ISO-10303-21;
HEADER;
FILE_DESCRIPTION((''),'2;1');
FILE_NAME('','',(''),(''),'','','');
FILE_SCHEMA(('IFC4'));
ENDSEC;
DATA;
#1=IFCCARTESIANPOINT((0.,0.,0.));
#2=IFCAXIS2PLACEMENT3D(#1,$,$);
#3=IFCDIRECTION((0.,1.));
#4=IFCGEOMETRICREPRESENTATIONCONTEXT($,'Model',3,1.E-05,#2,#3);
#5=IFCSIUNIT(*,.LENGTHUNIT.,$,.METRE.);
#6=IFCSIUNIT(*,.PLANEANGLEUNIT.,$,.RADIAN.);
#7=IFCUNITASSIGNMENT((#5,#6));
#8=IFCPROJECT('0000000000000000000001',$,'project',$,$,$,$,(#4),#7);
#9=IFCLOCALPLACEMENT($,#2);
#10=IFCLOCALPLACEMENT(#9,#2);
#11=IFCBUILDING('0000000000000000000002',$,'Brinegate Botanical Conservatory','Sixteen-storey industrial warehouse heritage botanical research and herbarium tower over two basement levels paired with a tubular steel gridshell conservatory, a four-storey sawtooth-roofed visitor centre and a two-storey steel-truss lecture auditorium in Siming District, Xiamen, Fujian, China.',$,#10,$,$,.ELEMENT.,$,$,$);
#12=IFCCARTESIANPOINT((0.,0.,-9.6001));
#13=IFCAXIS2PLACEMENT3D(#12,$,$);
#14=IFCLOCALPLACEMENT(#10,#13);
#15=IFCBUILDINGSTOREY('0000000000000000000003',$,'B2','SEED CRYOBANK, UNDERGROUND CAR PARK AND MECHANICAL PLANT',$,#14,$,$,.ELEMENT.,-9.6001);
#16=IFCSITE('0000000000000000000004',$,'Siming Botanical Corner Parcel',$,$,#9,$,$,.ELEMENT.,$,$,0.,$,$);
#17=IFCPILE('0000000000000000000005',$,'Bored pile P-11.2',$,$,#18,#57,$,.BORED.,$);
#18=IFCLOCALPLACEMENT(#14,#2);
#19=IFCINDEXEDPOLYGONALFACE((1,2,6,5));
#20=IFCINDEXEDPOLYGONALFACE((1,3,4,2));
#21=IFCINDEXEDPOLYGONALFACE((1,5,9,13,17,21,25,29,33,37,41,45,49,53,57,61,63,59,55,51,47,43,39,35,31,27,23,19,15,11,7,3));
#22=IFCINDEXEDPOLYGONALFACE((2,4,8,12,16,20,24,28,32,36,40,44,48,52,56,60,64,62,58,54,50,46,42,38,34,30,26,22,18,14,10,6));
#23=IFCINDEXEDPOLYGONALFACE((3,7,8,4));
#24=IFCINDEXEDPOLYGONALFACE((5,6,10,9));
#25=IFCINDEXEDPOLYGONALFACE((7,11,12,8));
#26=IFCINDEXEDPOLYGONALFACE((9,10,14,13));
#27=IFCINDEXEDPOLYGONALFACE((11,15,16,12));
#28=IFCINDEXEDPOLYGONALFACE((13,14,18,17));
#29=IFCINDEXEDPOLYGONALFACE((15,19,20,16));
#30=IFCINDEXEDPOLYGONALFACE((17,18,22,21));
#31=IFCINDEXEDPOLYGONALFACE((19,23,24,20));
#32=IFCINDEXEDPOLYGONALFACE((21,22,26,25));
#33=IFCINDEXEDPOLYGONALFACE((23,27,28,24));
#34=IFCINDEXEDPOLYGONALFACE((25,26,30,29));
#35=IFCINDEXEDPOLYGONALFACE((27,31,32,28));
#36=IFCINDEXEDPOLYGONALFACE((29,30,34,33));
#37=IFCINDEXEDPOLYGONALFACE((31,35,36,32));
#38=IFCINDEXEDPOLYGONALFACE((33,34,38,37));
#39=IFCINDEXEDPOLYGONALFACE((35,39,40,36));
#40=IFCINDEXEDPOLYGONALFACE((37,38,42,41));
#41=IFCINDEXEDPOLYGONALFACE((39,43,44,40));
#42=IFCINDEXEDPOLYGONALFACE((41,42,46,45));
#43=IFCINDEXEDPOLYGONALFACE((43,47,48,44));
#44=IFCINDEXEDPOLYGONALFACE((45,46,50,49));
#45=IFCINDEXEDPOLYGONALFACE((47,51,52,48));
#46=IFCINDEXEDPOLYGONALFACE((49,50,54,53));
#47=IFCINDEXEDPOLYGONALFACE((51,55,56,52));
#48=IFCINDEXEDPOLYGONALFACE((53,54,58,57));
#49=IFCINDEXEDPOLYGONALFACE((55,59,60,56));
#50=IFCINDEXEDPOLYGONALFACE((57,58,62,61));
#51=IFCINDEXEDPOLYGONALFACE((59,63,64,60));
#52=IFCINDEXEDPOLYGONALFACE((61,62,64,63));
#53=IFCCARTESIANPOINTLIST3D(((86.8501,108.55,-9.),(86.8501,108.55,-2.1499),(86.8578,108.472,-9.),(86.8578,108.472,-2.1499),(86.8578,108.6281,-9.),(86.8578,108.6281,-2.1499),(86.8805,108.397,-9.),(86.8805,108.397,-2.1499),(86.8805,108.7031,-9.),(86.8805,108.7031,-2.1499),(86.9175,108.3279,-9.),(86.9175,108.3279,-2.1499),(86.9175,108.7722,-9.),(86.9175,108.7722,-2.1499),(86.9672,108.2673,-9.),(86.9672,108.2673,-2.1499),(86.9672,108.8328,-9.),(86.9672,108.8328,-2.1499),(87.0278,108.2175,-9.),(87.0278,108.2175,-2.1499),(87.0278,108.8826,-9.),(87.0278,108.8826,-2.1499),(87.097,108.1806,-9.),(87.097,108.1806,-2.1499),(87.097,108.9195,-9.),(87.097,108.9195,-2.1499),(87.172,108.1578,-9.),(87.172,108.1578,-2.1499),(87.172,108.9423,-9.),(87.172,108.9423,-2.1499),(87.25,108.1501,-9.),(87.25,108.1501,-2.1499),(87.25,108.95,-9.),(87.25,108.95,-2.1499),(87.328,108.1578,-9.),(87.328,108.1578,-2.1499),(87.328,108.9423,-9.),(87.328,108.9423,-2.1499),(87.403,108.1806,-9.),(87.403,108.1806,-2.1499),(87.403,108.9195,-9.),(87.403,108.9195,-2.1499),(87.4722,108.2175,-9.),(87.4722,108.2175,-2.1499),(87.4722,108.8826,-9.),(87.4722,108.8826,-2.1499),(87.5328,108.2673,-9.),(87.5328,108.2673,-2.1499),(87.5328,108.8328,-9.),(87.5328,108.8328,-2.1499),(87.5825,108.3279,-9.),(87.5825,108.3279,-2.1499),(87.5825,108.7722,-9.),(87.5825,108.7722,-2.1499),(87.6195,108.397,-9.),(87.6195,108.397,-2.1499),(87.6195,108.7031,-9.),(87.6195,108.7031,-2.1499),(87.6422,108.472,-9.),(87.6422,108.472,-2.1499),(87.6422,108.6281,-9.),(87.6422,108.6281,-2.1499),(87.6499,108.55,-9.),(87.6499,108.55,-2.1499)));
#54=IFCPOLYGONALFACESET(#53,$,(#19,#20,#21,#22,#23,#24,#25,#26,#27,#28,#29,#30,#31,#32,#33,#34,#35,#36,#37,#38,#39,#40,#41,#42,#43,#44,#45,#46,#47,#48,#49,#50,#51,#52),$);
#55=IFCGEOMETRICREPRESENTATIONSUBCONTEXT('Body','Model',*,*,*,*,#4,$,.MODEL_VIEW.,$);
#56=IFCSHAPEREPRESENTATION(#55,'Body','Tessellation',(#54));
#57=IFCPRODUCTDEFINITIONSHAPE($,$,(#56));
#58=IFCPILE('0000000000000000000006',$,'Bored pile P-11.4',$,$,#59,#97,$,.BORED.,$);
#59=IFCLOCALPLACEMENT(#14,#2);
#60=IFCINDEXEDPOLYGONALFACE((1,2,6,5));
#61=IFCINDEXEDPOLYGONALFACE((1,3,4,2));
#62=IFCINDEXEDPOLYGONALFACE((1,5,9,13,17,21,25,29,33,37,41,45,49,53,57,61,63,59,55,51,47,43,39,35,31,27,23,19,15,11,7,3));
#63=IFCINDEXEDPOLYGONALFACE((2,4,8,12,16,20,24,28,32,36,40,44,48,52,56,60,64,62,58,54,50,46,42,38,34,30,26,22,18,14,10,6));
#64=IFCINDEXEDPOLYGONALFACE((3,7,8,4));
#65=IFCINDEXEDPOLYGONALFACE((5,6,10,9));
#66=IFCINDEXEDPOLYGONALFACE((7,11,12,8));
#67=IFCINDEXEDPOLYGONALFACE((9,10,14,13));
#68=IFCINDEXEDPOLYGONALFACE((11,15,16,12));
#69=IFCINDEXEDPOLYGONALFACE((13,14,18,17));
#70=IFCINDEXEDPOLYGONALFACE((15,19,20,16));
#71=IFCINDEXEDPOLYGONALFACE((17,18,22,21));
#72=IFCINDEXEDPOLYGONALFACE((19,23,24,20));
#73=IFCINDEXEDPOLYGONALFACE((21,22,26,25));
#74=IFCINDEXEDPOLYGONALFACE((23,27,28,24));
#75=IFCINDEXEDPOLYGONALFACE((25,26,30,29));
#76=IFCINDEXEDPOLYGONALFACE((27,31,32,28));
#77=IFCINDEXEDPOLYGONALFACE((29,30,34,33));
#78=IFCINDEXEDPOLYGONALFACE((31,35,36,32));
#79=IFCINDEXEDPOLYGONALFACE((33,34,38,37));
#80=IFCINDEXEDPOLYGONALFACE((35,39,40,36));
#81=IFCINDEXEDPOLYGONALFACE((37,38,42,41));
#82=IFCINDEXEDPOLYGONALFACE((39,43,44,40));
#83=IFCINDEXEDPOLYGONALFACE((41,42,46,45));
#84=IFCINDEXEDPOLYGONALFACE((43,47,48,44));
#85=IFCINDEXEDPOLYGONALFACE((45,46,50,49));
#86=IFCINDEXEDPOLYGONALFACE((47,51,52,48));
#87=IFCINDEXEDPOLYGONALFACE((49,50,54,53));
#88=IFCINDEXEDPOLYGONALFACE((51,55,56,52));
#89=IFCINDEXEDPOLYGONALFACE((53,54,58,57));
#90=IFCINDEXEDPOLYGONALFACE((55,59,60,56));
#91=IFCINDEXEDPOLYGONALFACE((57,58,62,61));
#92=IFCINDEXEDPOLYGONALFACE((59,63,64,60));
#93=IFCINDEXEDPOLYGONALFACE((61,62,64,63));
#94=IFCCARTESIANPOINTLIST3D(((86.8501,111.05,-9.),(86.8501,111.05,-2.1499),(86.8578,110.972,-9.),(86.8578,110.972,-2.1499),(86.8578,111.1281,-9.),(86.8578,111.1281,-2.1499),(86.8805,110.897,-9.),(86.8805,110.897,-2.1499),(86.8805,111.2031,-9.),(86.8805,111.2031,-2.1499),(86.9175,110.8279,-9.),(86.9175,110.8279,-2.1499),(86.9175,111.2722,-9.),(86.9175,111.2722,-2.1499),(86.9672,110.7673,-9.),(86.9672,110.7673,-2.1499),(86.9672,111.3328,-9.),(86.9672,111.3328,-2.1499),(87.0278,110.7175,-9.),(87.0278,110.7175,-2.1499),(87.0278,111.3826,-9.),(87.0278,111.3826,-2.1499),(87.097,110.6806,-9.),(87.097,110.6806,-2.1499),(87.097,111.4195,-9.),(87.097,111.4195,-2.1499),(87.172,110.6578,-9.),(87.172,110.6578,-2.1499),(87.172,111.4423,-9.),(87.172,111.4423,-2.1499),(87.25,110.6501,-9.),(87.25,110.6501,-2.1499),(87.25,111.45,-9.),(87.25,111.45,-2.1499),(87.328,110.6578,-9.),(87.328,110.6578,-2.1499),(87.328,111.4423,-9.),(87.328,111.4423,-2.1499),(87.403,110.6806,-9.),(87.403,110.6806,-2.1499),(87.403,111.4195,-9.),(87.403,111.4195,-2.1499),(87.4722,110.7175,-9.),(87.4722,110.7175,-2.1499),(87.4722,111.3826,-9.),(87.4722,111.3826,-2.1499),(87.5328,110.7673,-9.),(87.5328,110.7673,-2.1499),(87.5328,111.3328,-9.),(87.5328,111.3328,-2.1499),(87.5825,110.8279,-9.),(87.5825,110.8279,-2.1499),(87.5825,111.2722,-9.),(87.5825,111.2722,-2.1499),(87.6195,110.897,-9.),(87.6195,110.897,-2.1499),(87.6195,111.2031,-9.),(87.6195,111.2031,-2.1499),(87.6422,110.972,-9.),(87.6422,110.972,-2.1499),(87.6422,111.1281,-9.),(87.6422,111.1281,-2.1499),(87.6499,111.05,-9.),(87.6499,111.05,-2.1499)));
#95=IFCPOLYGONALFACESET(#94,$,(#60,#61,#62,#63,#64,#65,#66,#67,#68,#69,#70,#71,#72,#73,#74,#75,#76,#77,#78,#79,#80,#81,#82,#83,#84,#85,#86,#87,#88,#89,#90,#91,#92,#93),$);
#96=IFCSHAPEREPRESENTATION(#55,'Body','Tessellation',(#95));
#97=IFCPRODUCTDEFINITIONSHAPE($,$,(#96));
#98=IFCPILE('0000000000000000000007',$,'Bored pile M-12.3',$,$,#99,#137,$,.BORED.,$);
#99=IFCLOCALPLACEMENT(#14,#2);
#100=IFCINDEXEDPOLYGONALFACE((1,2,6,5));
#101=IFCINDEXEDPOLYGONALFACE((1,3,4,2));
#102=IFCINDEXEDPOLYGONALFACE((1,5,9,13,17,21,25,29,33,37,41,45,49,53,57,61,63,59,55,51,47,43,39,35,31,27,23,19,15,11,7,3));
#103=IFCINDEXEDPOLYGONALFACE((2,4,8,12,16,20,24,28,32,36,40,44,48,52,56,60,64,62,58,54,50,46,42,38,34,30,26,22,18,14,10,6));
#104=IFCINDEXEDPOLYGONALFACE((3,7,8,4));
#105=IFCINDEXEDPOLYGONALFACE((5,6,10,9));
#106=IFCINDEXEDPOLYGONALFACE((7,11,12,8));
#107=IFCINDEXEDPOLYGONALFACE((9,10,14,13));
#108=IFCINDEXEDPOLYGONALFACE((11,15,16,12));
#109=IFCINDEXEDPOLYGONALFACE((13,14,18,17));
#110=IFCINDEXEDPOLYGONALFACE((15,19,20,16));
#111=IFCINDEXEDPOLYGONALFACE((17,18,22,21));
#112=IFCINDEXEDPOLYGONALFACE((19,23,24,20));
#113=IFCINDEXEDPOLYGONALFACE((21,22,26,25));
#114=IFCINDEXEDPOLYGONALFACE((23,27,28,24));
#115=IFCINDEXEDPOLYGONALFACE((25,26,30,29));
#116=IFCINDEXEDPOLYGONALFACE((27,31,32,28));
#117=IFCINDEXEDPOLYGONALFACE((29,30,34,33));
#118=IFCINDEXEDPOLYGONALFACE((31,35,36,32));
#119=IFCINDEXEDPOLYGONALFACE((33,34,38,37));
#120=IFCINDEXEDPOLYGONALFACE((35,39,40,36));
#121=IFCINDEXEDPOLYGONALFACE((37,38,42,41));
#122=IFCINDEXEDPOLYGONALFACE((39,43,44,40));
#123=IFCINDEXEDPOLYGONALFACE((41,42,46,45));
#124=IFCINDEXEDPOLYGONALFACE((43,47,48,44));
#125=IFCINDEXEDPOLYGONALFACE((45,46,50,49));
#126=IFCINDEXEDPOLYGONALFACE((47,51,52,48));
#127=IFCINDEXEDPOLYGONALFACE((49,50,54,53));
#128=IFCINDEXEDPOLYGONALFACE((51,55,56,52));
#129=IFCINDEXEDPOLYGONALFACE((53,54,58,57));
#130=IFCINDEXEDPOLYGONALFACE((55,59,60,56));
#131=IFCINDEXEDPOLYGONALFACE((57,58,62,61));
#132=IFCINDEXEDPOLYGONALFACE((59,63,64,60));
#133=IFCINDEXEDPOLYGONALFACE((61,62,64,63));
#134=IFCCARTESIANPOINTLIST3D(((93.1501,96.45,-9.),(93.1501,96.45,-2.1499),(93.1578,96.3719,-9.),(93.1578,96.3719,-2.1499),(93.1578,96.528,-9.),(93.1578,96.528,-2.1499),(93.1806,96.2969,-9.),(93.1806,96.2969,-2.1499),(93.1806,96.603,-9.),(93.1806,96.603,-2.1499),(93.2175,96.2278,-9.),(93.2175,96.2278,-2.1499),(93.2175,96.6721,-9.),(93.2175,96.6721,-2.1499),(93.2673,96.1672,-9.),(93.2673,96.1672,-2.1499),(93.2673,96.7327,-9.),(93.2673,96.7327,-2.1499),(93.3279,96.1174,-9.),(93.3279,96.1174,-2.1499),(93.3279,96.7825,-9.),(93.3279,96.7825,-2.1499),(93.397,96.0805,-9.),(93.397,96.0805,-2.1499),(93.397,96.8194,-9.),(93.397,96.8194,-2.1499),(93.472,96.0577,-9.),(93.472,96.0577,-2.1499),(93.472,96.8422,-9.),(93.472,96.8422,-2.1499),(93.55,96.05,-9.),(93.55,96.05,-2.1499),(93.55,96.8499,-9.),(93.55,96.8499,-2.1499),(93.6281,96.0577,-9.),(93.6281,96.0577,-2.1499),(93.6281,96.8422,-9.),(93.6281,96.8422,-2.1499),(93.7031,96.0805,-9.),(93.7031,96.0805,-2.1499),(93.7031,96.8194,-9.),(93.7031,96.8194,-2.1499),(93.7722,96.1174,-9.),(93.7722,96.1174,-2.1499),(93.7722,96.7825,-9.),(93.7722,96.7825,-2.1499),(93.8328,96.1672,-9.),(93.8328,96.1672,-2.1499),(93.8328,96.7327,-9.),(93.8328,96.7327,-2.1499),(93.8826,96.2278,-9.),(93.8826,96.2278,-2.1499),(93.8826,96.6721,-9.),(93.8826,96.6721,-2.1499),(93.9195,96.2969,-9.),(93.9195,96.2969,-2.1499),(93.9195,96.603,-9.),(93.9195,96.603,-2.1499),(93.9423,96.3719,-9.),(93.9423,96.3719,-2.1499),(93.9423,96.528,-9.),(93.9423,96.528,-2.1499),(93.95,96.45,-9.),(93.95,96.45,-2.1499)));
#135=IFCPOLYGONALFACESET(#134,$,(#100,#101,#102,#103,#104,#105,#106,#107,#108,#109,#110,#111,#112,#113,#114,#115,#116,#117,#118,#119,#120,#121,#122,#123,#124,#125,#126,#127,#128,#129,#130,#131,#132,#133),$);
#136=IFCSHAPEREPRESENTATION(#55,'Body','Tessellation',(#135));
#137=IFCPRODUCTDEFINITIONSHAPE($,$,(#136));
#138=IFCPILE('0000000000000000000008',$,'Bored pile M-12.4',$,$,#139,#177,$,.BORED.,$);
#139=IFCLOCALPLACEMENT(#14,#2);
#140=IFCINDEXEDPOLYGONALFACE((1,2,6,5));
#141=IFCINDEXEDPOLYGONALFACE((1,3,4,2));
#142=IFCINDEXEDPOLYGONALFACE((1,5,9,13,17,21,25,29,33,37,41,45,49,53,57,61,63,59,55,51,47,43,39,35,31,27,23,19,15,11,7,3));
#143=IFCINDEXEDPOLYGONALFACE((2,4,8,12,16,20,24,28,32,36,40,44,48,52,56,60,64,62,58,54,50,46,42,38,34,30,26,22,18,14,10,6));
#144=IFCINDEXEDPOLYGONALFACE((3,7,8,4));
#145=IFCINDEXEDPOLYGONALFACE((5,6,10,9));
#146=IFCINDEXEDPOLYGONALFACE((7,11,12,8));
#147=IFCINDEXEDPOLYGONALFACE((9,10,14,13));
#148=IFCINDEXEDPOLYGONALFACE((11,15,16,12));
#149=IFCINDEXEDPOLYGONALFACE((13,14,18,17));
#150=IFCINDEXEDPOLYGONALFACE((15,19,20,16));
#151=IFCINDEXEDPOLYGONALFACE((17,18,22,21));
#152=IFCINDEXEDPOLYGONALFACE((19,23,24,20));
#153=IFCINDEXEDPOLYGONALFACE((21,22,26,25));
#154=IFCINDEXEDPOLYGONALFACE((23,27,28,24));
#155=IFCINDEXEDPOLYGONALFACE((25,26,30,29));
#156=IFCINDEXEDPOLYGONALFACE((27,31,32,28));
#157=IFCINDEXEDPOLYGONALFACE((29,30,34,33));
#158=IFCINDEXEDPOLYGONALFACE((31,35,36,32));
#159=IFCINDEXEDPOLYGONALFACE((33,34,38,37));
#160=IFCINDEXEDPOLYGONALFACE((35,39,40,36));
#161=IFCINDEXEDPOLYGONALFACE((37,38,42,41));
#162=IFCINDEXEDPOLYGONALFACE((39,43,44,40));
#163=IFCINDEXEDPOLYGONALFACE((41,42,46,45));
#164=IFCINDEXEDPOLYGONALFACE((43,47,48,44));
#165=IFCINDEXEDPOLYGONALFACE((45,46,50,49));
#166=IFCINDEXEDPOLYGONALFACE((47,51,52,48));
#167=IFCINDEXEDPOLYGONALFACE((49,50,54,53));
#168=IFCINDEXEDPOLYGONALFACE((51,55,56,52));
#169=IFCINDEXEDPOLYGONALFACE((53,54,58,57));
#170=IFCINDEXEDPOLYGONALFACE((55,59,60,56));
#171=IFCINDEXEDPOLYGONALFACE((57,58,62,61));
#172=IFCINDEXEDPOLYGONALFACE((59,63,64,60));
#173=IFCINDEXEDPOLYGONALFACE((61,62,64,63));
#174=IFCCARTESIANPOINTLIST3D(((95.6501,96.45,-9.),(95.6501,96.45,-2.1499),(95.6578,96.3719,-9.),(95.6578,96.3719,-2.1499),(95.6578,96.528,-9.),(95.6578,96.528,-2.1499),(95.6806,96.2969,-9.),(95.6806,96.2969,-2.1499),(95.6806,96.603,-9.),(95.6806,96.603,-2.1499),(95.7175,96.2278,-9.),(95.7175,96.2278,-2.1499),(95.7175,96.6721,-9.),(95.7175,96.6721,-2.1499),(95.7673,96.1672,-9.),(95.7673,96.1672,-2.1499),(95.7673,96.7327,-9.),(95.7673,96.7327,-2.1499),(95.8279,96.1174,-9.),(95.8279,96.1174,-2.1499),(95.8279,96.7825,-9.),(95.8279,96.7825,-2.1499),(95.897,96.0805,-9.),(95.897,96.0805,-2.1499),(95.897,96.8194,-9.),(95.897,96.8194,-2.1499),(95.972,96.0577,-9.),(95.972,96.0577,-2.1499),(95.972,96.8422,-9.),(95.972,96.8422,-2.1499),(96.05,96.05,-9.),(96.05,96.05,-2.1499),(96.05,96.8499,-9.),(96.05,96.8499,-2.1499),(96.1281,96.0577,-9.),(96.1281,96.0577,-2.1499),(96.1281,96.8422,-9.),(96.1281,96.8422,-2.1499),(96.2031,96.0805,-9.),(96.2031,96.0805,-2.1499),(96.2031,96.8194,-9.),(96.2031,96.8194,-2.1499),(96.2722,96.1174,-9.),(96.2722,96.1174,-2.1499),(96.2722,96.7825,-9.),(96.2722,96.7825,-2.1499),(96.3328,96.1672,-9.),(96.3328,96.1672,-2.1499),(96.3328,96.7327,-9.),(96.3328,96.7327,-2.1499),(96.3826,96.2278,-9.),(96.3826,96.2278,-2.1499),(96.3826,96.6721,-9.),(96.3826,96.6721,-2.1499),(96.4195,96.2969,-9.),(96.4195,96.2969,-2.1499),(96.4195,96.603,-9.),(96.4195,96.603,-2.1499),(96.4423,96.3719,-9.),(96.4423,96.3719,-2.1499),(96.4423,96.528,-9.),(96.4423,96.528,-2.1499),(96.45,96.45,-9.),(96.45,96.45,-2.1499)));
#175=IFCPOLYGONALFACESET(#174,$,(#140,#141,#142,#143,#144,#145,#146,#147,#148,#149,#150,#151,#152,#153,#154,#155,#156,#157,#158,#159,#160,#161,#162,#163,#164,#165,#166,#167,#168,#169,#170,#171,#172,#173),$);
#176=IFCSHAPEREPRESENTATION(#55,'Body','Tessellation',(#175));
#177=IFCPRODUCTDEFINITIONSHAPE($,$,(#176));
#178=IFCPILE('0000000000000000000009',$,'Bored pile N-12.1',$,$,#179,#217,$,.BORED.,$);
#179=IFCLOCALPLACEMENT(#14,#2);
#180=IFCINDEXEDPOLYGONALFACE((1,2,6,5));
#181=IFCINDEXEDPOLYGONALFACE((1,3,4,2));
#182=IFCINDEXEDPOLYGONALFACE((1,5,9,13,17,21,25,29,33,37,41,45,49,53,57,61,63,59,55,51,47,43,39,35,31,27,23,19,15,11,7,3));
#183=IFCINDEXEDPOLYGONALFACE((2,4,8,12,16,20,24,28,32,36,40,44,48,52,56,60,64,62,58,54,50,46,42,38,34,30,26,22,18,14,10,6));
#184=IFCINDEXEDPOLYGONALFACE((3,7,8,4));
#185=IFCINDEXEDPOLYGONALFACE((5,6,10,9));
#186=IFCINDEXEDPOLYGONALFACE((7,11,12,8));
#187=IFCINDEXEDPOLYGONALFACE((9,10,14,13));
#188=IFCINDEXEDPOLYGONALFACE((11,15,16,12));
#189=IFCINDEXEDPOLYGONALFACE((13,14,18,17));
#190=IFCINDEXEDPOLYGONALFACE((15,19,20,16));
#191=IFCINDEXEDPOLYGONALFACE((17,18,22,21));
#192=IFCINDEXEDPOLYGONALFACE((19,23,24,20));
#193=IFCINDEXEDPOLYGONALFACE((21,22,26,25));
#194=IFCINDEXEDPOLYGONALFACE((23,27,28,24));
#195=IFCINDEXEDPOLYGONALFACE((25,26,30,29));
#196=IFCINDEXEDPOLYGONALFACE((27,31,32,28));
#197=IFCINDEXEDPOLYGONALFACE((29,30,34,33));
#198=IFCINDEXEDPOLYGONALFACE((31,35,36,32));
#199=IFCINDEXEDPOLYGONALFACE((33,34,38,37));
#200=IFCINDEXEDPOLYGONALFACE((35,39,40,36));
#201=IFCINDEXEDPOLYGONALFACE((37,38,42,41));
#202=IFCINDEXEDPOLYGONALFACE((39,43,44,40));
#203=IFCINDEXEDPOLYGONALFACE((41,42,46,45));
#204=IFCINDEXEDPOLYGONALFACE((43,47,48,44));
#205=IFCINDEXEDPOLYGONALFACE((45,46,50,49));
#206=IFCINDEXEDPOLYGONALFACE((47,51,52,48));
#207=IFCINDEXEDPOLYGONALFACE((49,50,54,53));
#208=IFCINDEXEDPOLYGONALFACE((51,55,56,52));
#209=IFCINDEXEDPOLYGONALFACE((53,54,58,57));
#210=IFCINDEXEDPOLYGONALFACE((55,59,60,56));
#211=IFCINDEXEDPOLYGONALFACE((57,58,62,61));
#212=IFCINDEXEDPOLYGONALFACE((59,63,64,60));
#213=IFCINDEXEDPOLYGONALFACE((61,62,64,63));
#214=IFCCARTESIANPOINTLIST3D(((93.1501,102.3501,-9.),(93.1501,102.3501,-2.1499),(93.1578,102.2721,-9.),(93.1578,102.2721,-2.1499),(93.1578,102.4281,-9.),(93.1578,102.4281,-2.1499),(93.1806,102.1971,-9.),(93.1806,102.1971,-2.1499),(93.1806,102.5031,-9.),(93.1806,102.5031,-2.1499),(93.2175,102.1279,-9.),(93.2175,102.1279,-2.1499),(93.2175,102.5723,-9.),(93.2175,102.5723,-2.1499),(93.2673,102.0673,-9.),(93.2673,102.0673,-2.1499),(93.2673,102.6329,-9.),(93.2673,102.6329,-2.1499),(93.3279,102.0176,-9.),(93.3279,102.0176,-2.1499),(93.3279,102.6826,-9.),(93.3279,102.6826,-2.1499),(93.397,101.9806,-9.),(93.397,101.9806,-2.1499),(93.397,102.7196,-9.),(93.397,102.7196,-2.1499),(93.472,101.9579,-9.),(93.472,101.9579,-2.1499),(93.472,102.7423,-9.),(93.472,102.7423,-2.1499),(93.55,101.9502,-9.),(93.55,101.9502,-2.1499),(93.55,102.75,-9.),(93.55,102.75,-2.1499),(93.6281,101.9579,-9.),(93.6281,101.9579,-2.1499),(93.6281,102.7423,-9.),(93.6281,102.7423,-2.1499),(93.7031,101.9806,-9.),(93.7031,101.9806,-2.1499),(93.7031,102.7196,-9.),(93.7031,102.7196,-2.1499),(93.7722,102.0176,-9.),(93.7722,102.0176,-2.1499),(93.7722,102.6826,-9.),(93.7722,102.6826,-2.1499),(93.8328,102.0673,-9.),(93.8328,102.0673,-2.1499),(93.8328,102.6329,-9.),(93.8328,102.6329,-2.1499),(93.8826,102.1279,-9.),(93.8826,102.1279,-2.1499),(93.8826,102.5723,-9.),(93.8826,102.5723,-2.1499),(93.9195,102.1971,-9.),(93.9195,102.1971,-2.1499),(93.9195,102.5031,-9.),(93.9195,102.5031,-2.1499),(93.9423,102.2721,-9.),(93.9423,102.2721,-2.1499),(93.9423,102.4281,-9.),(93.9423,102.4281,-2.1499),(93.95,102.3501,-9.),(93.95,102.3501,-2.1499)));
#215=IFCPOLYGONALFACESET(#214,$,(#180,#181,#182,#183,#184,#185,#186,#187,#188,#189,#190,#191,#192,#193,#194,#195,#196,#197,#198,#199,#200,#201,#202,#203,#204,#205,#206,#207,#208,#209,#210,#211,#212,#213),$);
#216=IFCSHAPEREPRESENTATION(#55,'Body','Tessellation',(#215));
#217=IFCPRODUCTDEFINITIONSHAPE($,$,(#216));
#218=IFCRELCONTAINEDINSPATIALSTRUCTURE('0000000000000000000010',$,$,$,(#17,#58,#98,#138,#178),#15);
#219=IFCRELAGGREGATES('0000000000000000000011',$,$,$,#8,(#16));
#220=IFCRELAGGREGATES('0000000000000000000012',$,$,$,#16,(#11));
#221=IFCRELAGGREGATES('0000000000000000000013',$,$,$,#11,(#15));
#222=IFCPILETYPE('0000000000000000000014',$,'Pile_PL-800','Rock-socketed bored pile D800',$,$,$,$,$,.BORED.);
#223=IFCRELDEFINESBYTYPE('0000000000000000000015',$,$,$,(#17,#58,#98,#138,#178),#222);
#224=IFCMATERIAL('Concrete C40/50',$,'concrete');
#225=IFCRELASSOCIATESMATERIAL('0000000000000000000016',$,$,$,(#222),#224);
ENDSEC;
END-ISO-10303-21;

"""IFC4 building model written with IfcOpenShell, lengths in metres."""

from ifc_helpers import new_model, si_unit, direction, frame, origin, origin_2d, place, context, subcontext, project, spatial, circle, extrude, material, material_profile, profile_set, type_object, element, save


model = new_model("IFC4")

# Units and contexts
model_context = context("Model", 3, precision=1e-05, world=origin(), true_north=direction((0.0, 1.0)))
body_context = subcontext(model_context, "Body", "Model", "MODEL_VIEW")
ifc_project = project(units=[si_unit("LENGTHUNIT", "METRE"), si_unit("PLANEANGLEUNIT", "RADIAN")], contexts=[model_context])

# Site, building, storey
site_placement = place(None, origin())
site = spatial("IfcSite", under=ifc_project, at=site_placement, Name="Siming Botanical Corner Parcel", CompositionType="ELEMENT", RefElevation=0.0)
building_placement = place(site_placement, origin())
building = spatial("IfcBuilding", under=site, at=building_placement, Name="Brinegate Botanical Conservatory", Description="Sixteen-storey industrial warehouse heritage botanical research and herbarium tower over two basement levels paired with a tubular steel gridshell conservatory, a four-storey sawtooth-roofed visitor centre and a two-storey steel-truss lecture auditorium in Siming District, Xiamen, Fujian, China.", CompositionType="ELEMENT")
storey_placement = place(building_placement, frame((0.0, 0.0, -9.6001)))
storey = spatial("IfcBuildingStorey", under=building, at=storey_placement, Name="B2", Description="SEED CRYOBANK, UNDERGROUND CAR PARK AND MECHANICAL PLANT", CompositionType="ELEMENT", Elevation=-9.6001)

# Shared definitions
ifc_material = material(Name="Concrete C40/50", Category="concrete")

# Piles
ifc_material_profile_1 = material_profile(ifc_material, circle(Radius=0.3999, at=origin_2d()), Name="PILE D800")
ifc_profile_set_1 = profile_set([ifc_material_profile_1], Name="Concrete C40/50")
pile_type = type_object("IfcPileType", Name="Pile_PL-800", Description="Rock-socketed bored pile D800", PredefinedType="BORED", material=ifc_profile_set_1)
for number, where, z_axis, x_axis, name in (
    (1, (87.25, 108.55, -2.1499), (0.0, 0.0, -1.0), (1.0, 0.0, 0.0), "Bored pile P-11.2"),
    (2, (87.25, 111.05, -2.1499), (0.0, 0.0, -1.0), (1.0, 0.0, 0.0), "Bored pile P-11.4"),
    (3, (93.55, 96.45, -2.1499), (0.0, 0.0, -1.0), (1.0, 0.0, 0.0), "Bored pile M-12.3"),
    (4, (96.05, 96.45, -2.1499), (0.0, 0.0, -1.0), (1.0, 0.0, 0.0), "Bored pile M-12.4"),
    (5, (93.55, 102.3501, -2.1499), (0.0, 0.0, -1.0), (1.0, 0.0, 0.0), "Bored pile N-12.1"),
):
    element("IfcPile", number, at=place(storey_placement, frame(where, z_axis=z_axis, x_axis=x_axis)), inside=storey, type_object=pile_type, Name=name, PredefinedType="BORED", context=body_context, shape_type="SweptSolid", body=[
        extrude(circle(Radius=0.3999, at=origin_2d()), origin(), (0.0, 0.0, 1.0), 6.8501),
    ])

save(model, "model.ifc")
